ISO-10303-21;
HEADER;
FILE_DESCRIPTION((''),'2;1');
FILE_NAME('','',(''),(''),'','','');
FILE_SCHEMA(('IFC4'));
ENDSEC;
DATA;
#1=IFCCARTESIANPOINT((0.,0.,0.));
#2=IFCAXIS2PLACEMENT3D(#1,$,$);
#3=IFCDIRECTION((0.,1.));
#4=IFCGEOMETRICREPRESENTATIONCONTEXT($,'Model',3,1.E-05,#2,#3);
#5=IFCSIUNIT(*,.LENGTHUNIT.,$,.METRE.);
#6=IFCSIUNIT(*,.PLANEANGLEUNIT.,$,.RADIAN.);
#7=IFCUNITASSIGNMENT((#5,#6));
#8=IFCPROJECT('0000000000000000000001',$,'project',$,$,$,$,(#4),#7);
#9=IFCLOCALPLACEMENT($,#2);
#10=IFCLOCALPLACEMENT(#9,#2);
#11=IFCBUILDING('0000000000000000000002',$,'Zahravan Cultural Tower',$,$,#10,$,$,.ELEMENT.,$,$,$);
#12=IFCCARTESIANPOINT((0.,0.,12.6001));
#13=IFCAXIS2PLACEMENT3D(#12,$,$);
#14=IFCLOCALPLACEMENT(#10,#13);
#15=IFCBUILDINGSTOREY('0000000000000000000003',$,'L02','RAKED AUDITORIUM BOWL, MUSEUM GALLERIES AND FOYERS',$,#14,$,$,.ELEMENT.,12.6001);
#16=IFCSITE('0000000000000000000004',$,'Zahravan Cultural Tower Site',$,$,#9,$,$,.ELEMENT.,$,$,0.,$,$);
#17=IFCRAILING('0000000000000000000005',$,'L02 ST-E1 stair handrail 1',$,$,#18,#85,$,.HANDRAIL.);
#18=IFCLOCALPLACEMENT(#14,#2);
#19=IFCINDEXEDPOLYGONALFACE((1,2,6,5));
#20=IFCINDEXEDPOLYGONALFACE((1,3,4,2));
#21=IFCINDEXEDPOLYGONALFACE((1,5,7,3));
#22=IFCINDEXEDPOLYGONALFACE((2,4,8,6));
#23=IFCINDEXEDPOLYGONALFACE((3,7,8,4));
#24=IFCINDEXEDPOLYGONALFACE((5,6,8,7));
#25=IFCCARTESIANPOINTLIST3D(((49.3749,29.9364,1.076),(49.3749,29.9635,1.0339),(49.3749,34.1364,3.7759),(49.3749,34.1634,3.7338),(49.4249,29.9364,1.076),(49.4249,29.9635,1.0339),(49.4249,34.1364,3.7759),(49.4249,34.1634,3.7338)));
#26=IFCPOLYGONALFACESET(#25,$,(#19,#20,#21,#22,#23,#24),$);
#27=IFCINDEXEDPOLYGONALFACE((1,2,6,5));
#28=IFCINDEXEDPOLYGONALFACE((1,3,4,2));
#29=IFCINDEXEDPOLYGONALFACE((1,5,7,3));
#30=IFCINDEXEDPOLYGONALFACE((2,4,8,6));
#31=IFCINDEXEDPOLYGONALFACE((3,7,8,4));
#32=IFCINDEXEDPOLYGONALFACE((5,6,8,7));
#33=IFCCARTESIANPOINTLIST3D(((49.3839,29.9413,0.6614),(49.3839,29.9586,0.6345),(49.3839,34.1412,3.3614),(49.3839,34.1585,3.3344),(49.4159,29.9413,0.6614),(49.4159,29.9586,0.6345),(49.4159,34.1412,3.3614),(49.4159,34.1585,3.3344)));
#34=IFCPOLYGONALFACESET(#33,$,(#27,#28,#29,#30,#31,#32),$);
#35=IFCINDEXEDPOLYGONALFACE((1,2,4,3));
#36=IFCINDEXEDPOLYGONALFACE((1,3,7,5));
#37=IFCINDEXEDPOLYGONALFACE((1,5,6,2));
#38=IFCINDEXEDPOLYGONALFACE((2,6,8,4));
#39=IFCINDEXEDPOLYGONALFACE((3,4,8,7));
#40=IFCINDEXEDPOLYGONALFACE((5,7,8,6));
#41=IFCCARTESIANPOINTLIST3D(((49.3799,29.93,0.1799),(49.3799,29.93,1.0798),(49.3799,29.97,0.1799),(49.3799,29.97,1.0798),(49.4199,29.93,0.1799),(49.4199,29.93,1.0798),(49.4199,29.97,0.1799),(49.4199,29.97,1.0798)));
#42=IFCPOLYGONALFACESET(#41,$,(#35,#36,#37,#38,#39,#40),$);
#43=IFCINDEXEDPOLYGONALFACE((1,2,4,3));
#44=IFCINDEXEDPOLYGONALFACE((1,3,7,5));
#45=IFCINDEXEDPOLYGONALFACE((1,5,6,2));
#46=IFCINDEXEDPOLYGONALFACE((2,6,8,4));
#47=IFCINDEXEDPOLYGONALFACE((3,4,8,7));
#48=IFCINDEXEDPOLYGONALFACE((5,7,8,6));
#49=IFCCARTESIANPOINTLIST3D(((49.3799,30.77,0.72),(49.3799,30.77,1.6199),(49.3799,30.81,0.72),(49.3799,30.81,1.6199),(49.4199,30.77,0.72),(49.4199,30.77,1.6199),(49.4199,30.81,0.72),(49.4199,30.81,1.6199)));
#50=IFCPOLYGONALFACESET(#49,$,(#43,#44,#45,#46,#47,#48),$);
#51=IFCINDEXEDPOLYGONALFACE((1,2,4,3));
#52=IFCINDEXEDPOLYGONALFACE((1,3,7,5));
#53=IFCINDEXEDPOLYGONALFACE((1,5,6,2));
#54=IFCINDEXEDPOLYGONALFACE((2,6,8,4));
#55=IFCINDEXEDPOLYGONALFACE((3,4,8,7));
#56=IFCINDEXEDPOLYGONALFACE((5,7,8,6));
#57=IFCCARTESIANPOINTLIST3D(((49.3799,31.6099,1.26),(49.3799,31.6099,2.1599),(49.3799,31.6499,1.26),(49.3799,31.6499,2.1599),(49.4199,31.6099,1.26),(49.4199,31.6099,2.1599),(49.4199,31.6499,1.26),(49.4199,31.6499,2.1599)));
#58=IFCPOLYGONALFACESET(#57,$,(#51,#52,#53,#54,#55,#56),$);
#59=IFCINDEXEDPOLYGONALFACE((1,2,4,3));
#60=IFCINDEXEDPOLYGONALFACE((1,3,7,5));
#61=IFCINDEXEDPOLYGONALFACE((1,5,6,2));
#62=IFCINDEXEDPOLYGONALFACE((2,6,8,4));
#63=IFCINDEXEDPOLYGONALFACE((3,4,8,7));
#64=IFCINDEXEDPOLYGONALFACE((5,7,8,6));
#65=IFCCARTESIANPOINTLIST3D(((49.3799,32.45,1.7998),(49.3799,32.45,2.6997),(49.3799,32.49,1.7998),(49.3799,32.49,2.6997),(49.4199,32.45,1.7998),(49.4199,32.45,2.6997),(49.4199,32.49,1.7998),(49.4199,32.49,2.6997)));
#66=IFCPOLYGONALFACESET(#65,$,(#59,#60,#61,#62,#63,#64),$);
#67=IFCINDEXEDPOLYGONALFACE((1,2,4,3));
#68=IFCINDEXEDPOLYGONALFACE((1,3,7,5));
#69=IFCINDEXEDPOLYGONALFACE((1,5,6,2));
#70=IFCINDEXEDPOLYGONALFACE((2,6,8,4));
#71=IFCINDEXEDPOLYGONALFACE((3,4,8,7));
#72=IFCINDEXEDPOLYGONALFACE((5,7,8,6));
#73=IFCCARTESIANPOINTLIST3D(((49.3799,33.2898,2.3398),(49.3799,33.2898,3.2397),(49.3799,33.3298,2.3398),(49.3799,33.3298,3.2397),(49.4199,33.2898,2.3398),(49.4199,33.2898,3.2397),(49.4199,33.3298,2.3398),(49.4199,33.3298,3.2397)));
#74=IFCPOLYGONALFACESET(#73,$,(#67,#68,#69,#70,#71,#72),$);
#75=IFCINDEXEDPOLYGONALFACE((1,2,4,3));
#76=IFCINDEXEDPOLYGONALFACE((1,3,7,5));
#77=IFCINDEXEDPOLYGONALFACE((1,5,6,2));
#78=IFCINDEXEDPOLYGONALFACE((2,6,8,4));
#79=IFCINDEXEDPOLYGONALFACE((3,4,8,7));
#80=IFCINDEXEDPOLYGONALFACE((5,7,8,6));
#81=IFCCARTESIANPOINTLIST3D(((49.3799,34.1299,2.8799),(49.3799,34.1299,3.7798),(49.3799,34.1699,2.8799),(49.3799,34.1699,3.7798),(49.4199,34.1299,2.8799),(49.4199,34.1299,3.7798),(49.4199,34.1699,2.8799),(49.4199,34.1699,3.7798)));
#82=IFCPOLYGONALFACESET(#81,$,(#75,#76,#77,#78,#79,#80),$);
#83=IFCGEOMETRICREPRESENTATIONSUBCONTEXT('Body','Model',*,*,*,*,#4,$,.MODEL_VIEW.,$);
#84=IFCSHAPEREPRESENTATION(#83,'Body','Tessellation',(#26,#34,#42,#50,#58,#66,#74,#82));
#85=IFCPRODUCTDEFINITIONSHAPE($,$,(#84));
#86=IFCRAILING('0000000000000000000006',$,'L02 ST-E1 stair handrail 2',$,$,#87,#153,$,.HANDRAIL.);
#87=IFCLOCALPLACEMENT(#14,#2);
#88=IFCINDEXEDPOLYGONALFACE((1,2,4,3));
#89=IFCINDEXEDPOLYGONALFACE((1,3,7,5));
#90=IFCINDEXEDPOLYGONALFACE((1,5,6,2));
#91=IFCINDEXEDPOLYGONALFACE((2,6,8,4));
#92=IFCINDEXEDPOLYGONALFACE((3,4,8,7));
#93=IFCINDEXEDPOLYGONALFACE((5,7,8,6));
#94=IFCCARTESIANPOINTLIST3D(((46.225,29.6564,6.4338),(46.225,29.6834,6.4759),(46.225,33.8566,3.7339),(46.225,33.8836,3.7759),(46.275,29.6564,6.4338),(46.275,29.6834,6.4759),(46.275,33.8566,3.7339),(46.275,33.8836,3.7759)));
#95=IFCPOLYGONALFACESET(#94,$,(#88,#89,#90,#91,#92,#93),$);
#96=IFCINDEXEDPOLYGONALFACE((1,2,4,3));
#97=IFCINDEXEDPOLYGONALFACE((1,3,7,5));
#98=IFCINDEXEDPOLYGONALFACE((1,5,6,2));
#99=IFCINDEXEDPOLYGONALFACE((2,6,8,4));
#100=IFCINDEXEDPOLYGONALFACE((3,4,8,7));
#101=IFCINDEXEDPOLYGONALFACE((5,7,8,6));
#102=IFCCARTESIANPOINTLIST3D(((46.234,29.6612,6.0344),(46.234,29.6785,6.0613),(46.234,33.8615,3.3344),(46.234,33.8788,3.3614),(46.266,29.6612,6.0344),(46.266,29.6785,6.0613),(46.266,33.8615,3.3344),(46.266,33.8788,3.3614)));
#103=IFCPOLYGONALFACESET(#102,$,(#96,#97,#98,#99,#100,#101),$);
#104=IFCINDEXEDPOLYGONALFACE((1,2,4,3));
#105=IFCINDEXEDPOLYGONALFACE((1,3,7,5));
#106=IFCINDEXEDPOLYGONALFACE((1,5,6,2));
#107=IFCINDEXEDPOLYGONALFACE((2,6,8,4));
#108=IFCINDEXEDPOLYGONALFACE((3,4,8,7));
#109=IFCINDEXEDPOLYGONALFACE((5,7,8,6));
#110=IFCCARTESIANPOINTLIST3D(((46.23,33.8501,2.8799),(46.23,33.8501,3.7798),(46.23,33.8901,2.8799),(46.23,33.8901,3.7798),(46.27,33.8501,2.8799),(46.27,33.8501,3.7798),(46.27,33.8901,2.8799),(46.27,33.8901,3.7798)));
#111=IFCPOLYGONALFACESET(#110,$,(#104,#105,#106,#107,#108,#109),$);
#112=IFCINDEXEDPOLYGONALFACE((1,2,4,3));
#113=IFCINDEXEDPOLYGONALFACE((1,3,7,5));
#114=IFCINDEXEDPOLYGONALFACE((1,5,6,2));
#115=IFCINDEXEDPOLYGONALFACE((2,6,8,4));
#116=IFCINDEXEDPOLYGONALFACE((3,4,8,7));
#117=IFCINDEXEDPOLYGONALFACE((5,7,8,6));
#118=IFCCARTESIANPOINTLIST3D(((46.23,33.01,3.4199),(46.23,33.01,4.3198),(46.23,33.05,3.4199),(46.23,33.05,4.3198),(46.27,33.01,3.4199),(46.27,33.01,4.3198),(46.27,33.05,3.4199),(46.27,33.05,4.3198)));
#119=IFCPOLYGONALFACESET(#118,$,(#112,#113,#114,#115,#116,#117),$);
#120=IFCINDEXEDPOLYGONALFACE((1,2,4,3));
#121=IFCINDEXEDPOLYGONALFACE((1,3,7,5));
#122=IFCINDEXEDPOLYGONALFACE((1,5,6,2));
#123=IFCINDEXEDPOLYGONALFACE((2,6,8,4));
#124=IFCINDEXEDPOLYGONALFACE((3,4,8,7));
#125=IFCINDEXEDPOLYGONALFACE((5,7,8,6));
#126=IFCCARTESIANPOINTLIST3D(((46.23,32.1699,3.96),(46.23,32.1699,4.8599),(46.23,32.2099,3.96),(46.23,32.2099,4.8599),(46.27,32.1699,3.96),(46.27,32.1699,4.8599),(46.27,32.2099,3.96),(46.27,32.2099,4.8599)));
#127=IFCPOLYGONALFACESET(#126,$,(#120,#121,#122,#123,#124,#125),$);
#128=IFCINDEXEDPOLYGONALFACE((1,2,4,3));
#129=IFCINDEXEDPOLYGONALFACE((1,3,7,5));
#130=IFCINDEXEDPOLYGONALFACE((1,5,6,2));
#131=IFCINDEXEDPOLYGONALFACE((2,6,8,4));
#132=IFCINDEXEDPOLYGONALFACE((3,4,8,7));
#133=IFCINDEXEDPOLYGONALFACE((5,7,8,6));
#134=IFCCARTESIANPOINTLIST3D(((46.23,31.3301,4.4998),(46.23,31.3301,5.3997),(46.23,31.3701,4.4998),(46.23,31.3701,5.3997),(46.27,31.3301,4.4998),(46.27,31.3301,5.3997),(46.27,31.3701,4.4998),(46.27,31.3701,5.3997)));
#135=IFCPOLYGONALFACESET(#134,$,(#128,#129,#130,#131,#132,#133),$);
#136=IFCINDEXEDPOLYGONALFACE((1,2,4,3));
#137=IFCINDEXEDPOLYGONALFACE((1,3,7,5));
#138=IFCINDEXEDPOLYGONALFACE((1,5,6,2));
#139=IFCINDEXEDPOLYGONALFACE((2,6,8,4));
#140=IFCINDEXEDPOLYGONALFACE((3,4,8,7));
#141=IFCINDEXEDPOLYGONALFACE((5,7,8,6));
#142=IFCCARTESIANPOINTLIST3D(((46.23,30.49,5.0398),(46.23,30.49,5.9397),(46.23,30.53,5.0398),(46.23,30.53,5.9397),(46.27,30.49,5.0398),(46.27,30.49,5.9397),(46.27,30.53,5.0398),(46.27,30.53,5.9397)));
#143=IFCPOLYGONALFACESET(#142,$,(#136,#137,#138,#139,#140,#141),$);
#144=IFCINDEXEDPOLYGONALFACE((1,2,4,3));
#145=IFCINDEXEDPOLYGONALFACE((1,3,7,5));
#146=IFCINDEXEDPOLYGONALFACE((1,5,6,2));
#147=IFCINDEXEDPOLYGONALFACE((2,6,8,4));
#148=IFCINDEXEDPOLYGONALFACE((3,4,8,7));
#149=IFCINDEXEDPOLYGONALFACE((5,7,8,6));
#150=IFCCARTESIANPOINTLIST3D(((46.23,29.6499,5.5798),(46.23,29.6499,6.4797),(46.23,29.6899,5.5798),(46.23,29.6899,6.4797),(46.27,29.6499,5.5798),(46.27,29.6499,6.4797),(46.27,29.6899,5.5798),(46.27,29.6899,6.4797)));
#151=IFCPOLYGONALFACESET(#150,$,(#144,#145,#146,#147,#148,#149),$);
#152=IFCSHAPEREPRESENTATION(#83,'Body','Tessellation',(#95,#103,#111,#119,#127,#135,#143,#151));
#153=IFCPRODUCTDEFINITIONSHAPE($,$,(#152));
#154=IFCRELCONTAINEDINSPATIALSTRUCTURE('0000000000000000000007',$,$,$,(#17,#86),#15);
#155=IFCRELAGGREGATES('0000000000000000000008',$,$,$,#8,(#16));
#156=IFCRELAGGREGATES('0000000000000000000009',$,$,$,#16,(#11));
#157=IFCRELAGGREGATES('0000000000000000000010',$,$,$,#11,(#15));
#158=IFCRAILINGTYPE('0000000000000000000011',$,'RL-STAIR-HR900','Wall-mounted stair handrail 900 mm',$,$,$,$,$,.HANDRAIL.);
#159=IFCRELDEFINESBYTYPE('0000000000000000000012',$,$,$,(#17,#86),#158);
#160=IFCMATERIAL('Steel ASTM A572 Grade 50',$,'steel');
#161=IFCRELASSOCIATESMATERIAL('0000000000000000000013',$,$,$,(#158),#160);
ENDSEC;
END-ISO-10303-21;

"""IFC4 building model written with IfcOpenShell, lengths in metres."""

from ifc_helpers import new_model, si_unit, direction, frame, origin, origin_2d, place, context, subcontext, project, spatial, rectangle, extrude, material, type_object, element, save


model = new_model("IFC4")

# Units and contexts
model_context = context("Model", 3, precision=1e-05, world=origin(), true_north=direction((0.0, 1.0)))
body_context = subcontext(model_context, "Body", "Model", "MODEL_VIEW")
ifc_project = project(units=[si_unit("LENGTHUNIT", "METRE"), si_unit("PLANEANGLEUNIT", "RADIAN")], contexts=[model_context])

# Site, building, storey
site_placement = place(None, origin())
site = spatial("IfcSite", under=ifc_project, at=site_placement, Name="Zahravan Cultural Tower Site", CompositionType="ELEMENT", RefElevation=0.0)
building_placement = place(site_placement, origin())
building = spatial("IfcBuilding", under=site, at=building_placement, Name="Zahravan Cultural Tower", CompositionType="ELEMENT")
storey_placement = place(building_placement, frame((0.0, 0.0, 12.6001)))
storey = spatial("IfcBuildingStorey", under=building, at=storey_placement, Name="L02", Description="RAKED AUDITORIUM BOWL, MUSEUM GALLERIES AND FOYERS", CompositionType="ELEMENT", Elevation=12.6001)

# Shared definitions
ifc_material_1 = material(Name="Steel ASTM A572 Grade 50", Category="steel")

# Railings
railing_type_1 = type_object("IfcRailingType", Name="RL-STAIR-HR900", Description="Wall-mounted stair handrail 900 mm", PredefinedType="HANDRAIL", material=ifc_material_1)
railing_1_placement = place(storey_placement, frame((49.3999, 29.95, 0.1799)))
element("IfcRailing", 1, at=railing_1_placement, inside=storey, type_object=railing_type_1, Name="L02 ST-E1 stair handrail 1", PredefinedType="HANDRAIL", context=body_context, shape_type="SweptSolid", body=[
    extrude(rectangle(XDim=0.05, YDim=0.05, at=origin_2d()), frame((0.0, 0.0, 0.875), z_axis=(0.0, 0.84118, 0.540755), x_axis=(-1.0, 0.0, 0.0)), (0.0, 0.0, 1.0), 4.9929),
    extrude(rectangle(XDim=0.032, YDim=0.032, at=origin_2d()), frame((0.0, 0.0, 0.468), z_axis=(0.0, 0.84118, 0.540755), x_axis=(-1.0, 0.0, 0.0)), (0.0, 0.0, 1.0), 4.9929),
    extrude(rectangle(XDim=0.04, YDim=0.04, at=origin_2d()), origin(), (0.0, 0.0, 1.0), 0.8999),
    extrude(rectangle(XDim=0.04, YDim=0.04, at=origin_2d()), frame((0.0, 0.8401, 0.54)), (0.0, 0.0, 1.0), 0.8999),
    extrude(rectangle(XDim=0.04, YDim=0.04, at=origin_2d()), frame((0.0, 1.6799, 1.0801)), (0.0, 0.0, 1.0), 0.8999),
    extrude(rectangle(XDim=0.04, YDim=0.04, at=origin_2d()), frame((0.0, 2.52, 1.6199)), (0.0, 0.0, 1.0), 0.8999),
    extrude(rectangle(XDim=0.04, YDim=0.04, at=origin_2d()), frame((0.0, 3.3599, 2.1599)), (0.0, 0.0, 1.0), 0.8999),
    extrude(rectangle(XDim=0.04, YDim=0.04, at=origin_2d()), frame((0.0, 4.2, 2.7)), (0.0, 0.0, 1.0), 0.8999),
])
railing_2_placement = place(storey_placement, frame((46.25, 33.8701, 2.8799)))
element("IfcRailing", 2, at=railing_2_placement, inside=storey, type_object=railing_type_1, Name="L02 ST-E1 stair handrail 2", PredefinedType="HANDRAIL", context=body_context, shape_type="SweptSolid", body=[
    extrude(rectangle(XDim=0.05, YDim=0.05, at=origin_2d()), frame((0.0, 0.0, 0.875), z_axis=(0.0, -0.841194, 0.540733), x_axis=(1.0, 0.0, 0.0)), (0.0, 0.0, 1.0), 4.9932),
    extrude(rectangle(XDim=0.032, YDim=0.032, at=origin_2d()), frame((0.0, 0.0, 0.468), z_axis=(0.0, -0.841194, 0.540733), x_axis=(1.0, 0.0, 0.0)), (0.0, 0.0, 1.0), 4.9932),
    extrude(rectangle(XDim=0.04, YDim=0.04, at=origin_2d()), origin(), (0.0, 0.0, 1.0), 0.8999),
    extrude(rectangle(XDim=0.04, YDim=0.04, at=origin_2d()), frame((0.0, -0.8401, 0.54)), (0.0, 0.0, 1.0), 0.8999),
    extrude(rectangle(XDim=0.04, YDim=0.04, at=origin_2d()), frame((0.0, -1.6802, 1.0801)), (0.0, 0.0, 1.0), 0.8999),
    extrude(rectangle(XDim=0.04, YDim=0.04, at=origin_2d()), frame((0.0, -2.52, 1.6199)), (0.0, 0.0, 1.0), 0.8999),
    extrude(rectangle(XDim=0.04, YDim=0.04, at=origin_2d()), frame((0.0, -3.3601, 2.1599)), (0.0, 0.0, 1.0), 0.8999),
    extrude(rectangle(XDim=0.04, YDim=0.04, at=origin_2d()), frame((0.0, -4.2002, 2.7)), (0.0, 0.0, 1.0), 0.8999),
])

save(model, "model.ifc")
